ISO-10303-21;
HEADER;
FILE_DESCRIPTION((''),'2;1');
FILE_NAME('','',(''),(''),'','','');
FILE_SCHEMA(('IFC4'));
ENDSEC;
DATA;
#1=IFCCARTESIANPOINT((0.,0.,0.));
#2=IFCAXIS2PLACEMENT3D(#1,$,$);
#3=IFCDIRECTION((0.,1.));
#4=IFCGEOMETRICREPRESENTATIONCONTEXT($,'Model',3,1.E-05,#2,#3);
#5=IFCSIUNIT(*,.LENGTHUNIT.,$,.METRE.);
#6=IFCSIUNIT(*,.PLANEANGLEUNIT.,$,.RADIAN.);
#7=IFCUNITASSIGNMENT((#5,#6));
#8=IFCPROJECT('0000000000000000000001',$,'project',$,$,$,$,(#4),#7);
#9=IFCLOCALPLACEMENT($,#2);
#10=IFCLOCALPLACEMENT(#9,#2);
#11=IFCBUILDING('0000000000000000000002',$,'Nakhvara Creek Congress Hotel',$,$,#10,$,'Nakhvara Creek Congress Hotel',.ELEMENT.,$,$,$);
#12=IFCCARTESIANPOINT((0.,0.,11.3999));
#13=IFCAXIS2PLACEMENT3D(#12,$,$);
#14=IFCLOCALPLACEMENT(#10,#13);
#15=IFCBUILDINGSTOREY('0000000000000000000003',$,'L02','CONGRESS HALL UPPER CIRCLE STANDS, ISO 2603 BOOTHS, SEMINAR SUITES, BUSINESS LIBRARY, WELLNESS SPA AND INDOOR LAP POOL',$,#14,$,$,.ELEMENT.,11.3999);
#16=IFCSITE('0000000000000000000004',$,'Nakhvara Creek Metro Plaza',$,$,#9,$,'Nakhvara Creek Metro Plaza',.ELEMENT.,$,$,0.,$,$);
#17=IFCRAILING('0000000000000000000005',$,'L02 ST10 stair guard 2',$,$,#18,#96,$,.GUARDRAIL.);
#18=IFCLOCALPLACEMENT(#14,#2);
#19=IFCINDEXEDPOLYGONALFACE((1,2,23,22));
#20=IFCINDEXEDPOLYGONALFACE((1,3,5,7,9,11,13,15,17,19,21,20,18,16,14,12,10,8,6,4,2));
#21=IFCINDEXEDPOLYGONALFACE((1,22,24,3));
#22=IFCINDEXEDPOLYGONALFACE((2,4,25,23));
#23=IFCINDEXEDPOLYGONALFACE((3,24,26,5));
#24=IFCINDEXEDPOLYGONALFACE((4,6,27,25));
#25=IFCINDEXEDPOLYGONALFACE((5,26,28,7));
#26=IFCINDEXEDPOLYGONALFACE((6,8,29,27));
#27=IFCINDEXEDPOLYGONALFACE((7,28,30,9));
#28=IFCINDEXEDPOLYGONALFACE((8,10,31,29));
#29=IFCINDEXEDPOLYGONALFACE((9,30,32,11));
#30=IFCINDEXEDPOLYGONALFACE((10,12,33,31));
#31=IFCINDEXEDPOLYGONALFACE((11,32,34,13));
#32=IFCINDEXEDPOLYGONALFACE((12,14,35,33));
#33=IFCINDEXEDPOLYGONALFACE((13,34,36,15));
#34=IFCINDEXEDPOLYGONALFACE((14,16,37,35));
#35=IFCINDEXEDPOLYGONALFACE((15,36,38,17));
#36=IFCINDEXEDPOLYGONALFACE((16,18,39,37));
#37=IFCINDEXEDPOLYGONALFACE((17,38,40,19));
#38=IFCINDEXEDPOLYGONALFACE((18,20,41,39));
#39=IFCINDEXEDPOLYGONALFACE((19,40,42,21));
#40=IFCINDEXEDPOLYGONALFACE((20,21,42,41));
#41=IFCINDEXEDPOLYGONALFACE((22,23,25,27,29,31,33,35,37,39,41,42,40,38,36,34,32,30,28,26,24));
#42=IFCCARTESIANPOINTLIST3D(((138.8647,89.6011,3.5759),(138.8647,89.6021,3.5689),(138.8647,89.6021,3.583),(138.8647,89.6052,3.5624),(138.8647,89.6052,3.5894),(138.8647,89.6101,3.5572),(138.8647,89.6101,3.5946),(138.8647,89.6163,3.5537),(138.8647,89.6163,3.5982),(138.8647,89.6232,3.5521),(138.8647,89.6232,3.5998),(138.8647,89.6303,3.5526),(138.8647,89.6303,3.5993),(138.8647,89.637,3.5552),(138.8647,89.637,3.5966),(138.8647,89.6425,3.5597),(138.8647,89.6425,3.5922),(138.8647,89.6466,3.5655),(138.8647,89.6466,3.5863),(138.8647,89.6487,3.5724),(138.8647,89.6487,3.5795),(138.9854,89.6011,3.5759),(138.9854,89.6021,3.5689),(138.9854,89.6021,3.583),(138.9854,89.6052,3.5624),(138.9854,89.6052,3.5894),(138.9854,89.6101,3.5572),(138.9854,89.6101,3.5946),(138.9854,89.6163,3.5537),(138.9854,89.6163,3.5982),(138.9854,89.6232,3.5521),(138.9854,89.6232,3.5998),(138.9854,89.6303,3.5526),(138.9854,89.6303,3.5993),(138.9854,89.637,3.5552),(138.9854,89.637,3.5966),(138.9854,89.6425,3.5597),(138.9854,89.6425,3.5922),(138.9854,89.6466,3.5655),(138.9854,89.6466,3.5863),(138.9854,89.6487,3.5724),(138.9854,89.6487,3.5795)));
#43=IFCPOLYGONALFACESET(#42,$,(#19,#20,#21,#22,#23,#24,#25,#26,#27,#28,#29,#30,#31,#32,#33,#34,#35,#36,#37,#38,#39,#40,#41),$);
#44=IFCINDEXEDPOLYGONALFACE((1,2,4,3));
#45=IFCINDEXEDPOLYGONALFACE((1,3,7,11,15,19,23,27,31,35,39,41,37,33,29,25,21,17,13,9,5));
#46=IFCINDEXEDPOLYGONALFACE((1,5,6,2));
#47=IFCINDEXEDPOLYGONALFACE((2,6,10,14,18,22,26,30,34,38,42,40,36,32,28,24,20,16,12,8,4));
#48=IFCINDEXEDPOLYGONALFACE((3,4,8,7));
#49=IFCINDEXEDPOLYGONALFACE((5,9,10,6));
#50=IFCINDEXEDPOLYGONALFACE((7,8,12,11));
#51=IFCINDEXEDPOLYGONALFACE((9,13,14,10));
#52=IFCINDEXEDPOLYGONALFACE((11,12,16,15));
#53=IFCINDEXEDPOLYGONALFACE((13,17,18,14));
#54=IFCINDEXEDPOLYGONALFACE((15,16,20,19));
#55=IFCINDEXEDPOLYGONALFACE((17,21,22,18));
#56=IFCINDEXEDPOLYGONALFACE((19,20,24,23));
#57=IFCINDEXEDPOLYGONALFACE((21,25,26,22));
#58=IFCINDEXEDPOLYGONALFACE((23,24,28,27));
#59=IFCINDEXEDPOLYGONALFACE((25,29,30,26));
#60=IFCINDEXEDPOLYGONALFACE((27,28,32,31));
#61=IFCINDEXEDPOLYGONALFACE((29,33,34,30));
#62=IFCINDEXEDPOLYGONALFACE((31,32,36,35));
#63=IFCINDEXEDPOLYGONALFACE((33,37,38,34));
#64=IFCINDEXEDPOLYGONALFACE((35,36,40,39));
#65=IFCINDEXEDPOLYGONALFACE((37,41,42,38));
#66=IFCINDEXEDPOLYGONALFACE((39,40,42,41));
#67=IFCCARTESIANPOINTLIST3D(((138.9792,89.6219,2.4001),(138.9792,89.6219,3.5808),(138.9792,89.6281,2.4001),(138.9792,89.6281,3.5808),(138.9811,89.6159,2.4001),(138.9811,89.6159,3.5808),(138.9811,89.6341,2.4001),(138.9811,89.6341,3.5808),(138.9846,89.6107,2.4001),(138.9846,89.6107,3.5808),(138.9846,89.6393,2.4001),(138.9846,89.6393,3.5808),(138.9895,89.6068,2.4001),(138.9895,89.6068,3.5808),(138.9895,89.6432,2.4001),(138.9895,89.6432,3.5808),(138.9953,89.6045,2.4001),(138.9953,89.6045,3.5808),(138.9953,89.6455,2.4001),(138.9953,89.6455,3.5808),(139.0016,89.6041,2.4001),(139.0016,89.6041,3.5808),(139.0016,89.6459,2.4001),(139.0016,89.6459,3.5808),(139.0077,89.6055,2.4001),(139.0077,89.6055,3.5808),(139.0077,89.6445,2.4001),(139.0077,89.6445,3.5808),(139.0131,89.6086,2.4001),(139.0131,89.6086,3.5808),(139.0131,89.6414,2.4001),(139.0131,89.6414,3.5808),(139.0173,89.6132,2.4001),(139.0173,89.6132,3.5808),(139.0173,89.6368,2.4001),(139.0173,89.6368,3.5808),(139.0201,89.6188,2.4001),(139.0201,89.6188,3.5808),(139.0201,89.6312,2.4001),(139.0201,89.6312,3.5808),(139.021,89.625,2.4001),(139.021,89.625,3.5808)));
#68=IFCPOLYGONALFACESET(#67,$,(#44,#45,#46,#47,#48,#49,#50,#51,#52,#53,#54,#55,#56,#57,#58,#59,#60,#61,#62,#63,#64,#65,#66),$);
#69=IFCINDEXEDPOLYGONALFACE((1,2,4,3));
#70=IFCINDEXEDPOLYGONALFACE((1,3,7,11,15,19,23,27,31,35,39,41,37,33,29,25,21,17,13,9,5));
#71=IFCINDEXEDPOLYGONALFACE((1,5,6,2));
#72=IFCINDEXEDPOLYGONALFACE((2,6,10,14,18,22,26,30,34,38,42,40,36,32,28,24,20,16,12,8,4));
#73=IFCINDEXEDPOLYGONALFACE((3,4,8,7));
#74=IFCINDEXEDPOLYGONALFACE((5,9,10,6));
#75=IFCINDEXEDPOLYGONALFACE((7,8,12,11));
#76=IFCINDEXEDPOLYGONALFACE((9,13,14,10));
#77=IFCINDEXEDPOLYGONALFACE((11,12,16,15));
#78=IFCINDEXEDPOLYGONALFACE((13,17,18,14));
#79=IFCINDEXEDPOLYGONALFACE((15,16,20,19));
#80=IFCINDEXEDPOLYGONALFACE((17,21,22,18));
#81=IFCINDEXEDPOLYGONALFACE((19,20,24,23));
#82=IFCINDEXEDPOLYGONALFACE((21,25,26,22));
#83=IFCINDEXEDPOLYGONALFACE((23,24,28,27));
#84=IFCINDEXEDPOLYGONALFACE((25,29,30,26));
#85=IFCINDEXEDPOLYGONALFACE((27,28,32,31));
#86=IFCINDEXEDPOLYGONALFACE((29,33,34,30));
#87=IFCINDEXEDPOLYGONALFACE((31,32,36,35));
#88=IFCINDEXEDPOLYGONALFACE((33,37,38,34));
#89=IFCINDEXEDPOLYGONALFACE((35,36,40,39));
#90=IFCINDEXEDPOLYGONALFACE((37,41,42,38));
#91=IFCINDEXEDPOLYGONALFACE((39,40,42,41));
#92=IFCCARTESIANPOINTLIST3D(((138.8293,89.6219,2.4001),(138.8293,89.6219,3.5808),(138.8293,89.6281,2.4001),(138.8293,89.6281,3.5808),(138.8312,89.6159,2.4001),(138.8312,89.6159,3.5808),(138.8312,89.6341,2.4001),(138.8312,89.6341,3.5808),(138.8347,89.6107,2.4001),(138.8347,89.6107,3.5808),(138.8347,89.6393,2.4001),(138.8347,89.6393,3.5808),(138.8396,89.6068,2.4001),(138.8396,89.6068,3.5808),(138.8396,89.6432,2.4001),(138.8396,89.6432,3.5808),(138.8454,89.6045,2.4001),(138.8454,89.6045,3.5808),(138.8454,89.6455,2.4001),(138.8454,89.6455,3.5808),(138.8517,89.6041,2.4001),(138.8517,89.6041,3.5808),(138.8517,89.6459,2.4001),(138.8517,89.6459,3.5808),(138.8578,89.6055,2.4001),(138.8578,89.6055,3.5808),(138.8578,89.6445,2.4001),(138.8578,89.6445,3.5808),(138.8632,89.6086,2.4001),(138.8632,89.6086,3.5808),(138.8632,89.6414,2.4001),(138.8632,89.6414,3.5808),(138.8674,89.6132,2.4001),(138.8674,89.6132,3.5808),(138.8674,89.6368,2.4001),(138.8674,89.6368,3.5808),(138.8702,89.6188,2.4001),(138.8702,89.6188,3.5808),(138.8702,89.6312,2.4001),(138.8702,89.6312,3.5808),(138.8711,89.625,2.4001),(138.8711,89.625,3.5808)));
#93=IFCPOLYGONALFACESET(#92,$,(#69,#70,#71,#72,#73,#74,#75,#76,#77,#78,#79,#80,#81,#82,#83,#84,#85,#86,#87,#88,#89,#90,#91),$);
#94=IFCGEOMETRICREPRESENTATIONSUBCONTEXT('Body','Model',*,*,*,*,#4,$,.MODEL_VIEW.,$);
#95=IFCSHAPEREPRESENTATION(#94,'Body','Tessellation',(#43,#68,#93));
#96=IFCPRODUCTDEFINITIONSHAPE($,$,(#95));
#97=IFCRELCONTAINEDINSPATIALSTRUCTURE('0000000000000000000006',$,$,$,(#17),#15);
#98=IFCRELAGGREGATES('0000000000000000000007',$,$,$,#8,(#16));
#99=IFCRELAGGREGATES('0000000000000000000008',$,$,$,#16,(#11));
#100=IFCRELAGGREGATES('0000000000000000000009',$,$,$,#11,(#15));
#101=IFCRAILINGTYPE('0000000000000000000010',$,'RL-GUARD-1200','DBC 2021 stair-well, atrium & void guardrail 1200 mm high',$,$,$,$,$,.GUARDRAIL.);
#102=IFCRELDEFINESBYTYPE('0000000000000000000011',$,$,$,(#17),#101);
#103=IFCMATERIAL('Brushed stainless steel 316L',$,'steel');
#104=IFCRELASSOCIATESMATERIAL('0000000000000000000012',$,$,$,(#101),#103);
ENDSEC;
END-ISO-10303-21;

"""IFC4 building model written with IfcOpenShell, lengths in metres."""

from ifc_helpers import new_model, si_unit, direction, frame, origin, origin_2d, place, context, subcontext, project, spatial, circle, extrude, material, type_object, element, save


model = new_model("IFC4")

# Units and contexts
model_context = context("Model", 3, precision=1e-05, world=origin(), true_north=direction((0.0, 1.0)))
body_context = subcontext(model_context, "Body", "Model", "MODEL_VIEW")
ifc_project = project(units=[si_unit("LENGTHUNIT", "METRE"), si_unit("PLANEANGLEUNIT", "RADIAN")], contexts=[model_context])

# Site, building, storey
site_placement = place(None, origin())
site = spatial("IfcSite", under=ifc_project, at=site_placement, Name="Nakhvara Creek Metro Plaza", LongName="Nakhvara Creek Metro Plaza", CompositionType="ELEMENT", RefElevation=0.0)
building_placement = place(site_placement, origin())
building = spatial("IfcBuilding", under=site, at=building_placement, Name="Nakhvara Creek Congress Hotel", LongName="Nakhvara Creek Congress Hotel", CompositionType="ELEMENT")
storey_placement = place(building_placement, frame((0.0, 0.0, 11.3999)))
storey = spatial("IfcBuildingStorey", under=building, at=storey_placement, Name="L02", Description="CONGRESS HALL UPPER CIRCLE STANDS, ISO 2603 BOOTHS, SEMINAR SUITES, BUSINESS LIBRARY, WELLNESS SPA AND INDOOR LAP POOL", CompositionType="ELEMENT", Elevation=11.3999)

# Railing
ifc_material_1 = material(Name="Brushed stainless steel 316L", Category="steel")
railing_type_1 = type_object("IfcRailingType", Name="RL-GUARD-1200", Description="DBC 2021 stair-well, atrium & void guardrail 1200 mm high", PredefinedType="GUARDRAIL", material=ifc_material_1)
railing_1_placement = place(storey_placement, frame((139.0, 89.625, 2.4001)))
element("IfcRailing", 1, at=railing_1_placement, inside=storey, type_object=railing_type_1, Name="L02 ST10 stair guard 2", PredefinedType="GUARDRAIL", context=body_context, shape_type="SweptSolid", body=[
    extrude(circle(Radius=0.0239, at=origin_2d()), frame((-0.0146, 0.0, 1.1758), z_axis=(-1.0, 0.0, 0.0), x_axis=(0.0, -1.0, 0.0)), (0.0, 0.0, 1.0), 0.1206),
    extrude(circle(Radius=0.021, at=origin_2d()), origin(), (0.0, 0.0, 1.0), 1.1807),
    extrude(circle(Radius=0.021, at=origin_2d()), frame((-0.1499, 0.0, 0.0)), (0.0, 0.0, 1.0), 1.1807),
])

save(model, "model.ifc")
